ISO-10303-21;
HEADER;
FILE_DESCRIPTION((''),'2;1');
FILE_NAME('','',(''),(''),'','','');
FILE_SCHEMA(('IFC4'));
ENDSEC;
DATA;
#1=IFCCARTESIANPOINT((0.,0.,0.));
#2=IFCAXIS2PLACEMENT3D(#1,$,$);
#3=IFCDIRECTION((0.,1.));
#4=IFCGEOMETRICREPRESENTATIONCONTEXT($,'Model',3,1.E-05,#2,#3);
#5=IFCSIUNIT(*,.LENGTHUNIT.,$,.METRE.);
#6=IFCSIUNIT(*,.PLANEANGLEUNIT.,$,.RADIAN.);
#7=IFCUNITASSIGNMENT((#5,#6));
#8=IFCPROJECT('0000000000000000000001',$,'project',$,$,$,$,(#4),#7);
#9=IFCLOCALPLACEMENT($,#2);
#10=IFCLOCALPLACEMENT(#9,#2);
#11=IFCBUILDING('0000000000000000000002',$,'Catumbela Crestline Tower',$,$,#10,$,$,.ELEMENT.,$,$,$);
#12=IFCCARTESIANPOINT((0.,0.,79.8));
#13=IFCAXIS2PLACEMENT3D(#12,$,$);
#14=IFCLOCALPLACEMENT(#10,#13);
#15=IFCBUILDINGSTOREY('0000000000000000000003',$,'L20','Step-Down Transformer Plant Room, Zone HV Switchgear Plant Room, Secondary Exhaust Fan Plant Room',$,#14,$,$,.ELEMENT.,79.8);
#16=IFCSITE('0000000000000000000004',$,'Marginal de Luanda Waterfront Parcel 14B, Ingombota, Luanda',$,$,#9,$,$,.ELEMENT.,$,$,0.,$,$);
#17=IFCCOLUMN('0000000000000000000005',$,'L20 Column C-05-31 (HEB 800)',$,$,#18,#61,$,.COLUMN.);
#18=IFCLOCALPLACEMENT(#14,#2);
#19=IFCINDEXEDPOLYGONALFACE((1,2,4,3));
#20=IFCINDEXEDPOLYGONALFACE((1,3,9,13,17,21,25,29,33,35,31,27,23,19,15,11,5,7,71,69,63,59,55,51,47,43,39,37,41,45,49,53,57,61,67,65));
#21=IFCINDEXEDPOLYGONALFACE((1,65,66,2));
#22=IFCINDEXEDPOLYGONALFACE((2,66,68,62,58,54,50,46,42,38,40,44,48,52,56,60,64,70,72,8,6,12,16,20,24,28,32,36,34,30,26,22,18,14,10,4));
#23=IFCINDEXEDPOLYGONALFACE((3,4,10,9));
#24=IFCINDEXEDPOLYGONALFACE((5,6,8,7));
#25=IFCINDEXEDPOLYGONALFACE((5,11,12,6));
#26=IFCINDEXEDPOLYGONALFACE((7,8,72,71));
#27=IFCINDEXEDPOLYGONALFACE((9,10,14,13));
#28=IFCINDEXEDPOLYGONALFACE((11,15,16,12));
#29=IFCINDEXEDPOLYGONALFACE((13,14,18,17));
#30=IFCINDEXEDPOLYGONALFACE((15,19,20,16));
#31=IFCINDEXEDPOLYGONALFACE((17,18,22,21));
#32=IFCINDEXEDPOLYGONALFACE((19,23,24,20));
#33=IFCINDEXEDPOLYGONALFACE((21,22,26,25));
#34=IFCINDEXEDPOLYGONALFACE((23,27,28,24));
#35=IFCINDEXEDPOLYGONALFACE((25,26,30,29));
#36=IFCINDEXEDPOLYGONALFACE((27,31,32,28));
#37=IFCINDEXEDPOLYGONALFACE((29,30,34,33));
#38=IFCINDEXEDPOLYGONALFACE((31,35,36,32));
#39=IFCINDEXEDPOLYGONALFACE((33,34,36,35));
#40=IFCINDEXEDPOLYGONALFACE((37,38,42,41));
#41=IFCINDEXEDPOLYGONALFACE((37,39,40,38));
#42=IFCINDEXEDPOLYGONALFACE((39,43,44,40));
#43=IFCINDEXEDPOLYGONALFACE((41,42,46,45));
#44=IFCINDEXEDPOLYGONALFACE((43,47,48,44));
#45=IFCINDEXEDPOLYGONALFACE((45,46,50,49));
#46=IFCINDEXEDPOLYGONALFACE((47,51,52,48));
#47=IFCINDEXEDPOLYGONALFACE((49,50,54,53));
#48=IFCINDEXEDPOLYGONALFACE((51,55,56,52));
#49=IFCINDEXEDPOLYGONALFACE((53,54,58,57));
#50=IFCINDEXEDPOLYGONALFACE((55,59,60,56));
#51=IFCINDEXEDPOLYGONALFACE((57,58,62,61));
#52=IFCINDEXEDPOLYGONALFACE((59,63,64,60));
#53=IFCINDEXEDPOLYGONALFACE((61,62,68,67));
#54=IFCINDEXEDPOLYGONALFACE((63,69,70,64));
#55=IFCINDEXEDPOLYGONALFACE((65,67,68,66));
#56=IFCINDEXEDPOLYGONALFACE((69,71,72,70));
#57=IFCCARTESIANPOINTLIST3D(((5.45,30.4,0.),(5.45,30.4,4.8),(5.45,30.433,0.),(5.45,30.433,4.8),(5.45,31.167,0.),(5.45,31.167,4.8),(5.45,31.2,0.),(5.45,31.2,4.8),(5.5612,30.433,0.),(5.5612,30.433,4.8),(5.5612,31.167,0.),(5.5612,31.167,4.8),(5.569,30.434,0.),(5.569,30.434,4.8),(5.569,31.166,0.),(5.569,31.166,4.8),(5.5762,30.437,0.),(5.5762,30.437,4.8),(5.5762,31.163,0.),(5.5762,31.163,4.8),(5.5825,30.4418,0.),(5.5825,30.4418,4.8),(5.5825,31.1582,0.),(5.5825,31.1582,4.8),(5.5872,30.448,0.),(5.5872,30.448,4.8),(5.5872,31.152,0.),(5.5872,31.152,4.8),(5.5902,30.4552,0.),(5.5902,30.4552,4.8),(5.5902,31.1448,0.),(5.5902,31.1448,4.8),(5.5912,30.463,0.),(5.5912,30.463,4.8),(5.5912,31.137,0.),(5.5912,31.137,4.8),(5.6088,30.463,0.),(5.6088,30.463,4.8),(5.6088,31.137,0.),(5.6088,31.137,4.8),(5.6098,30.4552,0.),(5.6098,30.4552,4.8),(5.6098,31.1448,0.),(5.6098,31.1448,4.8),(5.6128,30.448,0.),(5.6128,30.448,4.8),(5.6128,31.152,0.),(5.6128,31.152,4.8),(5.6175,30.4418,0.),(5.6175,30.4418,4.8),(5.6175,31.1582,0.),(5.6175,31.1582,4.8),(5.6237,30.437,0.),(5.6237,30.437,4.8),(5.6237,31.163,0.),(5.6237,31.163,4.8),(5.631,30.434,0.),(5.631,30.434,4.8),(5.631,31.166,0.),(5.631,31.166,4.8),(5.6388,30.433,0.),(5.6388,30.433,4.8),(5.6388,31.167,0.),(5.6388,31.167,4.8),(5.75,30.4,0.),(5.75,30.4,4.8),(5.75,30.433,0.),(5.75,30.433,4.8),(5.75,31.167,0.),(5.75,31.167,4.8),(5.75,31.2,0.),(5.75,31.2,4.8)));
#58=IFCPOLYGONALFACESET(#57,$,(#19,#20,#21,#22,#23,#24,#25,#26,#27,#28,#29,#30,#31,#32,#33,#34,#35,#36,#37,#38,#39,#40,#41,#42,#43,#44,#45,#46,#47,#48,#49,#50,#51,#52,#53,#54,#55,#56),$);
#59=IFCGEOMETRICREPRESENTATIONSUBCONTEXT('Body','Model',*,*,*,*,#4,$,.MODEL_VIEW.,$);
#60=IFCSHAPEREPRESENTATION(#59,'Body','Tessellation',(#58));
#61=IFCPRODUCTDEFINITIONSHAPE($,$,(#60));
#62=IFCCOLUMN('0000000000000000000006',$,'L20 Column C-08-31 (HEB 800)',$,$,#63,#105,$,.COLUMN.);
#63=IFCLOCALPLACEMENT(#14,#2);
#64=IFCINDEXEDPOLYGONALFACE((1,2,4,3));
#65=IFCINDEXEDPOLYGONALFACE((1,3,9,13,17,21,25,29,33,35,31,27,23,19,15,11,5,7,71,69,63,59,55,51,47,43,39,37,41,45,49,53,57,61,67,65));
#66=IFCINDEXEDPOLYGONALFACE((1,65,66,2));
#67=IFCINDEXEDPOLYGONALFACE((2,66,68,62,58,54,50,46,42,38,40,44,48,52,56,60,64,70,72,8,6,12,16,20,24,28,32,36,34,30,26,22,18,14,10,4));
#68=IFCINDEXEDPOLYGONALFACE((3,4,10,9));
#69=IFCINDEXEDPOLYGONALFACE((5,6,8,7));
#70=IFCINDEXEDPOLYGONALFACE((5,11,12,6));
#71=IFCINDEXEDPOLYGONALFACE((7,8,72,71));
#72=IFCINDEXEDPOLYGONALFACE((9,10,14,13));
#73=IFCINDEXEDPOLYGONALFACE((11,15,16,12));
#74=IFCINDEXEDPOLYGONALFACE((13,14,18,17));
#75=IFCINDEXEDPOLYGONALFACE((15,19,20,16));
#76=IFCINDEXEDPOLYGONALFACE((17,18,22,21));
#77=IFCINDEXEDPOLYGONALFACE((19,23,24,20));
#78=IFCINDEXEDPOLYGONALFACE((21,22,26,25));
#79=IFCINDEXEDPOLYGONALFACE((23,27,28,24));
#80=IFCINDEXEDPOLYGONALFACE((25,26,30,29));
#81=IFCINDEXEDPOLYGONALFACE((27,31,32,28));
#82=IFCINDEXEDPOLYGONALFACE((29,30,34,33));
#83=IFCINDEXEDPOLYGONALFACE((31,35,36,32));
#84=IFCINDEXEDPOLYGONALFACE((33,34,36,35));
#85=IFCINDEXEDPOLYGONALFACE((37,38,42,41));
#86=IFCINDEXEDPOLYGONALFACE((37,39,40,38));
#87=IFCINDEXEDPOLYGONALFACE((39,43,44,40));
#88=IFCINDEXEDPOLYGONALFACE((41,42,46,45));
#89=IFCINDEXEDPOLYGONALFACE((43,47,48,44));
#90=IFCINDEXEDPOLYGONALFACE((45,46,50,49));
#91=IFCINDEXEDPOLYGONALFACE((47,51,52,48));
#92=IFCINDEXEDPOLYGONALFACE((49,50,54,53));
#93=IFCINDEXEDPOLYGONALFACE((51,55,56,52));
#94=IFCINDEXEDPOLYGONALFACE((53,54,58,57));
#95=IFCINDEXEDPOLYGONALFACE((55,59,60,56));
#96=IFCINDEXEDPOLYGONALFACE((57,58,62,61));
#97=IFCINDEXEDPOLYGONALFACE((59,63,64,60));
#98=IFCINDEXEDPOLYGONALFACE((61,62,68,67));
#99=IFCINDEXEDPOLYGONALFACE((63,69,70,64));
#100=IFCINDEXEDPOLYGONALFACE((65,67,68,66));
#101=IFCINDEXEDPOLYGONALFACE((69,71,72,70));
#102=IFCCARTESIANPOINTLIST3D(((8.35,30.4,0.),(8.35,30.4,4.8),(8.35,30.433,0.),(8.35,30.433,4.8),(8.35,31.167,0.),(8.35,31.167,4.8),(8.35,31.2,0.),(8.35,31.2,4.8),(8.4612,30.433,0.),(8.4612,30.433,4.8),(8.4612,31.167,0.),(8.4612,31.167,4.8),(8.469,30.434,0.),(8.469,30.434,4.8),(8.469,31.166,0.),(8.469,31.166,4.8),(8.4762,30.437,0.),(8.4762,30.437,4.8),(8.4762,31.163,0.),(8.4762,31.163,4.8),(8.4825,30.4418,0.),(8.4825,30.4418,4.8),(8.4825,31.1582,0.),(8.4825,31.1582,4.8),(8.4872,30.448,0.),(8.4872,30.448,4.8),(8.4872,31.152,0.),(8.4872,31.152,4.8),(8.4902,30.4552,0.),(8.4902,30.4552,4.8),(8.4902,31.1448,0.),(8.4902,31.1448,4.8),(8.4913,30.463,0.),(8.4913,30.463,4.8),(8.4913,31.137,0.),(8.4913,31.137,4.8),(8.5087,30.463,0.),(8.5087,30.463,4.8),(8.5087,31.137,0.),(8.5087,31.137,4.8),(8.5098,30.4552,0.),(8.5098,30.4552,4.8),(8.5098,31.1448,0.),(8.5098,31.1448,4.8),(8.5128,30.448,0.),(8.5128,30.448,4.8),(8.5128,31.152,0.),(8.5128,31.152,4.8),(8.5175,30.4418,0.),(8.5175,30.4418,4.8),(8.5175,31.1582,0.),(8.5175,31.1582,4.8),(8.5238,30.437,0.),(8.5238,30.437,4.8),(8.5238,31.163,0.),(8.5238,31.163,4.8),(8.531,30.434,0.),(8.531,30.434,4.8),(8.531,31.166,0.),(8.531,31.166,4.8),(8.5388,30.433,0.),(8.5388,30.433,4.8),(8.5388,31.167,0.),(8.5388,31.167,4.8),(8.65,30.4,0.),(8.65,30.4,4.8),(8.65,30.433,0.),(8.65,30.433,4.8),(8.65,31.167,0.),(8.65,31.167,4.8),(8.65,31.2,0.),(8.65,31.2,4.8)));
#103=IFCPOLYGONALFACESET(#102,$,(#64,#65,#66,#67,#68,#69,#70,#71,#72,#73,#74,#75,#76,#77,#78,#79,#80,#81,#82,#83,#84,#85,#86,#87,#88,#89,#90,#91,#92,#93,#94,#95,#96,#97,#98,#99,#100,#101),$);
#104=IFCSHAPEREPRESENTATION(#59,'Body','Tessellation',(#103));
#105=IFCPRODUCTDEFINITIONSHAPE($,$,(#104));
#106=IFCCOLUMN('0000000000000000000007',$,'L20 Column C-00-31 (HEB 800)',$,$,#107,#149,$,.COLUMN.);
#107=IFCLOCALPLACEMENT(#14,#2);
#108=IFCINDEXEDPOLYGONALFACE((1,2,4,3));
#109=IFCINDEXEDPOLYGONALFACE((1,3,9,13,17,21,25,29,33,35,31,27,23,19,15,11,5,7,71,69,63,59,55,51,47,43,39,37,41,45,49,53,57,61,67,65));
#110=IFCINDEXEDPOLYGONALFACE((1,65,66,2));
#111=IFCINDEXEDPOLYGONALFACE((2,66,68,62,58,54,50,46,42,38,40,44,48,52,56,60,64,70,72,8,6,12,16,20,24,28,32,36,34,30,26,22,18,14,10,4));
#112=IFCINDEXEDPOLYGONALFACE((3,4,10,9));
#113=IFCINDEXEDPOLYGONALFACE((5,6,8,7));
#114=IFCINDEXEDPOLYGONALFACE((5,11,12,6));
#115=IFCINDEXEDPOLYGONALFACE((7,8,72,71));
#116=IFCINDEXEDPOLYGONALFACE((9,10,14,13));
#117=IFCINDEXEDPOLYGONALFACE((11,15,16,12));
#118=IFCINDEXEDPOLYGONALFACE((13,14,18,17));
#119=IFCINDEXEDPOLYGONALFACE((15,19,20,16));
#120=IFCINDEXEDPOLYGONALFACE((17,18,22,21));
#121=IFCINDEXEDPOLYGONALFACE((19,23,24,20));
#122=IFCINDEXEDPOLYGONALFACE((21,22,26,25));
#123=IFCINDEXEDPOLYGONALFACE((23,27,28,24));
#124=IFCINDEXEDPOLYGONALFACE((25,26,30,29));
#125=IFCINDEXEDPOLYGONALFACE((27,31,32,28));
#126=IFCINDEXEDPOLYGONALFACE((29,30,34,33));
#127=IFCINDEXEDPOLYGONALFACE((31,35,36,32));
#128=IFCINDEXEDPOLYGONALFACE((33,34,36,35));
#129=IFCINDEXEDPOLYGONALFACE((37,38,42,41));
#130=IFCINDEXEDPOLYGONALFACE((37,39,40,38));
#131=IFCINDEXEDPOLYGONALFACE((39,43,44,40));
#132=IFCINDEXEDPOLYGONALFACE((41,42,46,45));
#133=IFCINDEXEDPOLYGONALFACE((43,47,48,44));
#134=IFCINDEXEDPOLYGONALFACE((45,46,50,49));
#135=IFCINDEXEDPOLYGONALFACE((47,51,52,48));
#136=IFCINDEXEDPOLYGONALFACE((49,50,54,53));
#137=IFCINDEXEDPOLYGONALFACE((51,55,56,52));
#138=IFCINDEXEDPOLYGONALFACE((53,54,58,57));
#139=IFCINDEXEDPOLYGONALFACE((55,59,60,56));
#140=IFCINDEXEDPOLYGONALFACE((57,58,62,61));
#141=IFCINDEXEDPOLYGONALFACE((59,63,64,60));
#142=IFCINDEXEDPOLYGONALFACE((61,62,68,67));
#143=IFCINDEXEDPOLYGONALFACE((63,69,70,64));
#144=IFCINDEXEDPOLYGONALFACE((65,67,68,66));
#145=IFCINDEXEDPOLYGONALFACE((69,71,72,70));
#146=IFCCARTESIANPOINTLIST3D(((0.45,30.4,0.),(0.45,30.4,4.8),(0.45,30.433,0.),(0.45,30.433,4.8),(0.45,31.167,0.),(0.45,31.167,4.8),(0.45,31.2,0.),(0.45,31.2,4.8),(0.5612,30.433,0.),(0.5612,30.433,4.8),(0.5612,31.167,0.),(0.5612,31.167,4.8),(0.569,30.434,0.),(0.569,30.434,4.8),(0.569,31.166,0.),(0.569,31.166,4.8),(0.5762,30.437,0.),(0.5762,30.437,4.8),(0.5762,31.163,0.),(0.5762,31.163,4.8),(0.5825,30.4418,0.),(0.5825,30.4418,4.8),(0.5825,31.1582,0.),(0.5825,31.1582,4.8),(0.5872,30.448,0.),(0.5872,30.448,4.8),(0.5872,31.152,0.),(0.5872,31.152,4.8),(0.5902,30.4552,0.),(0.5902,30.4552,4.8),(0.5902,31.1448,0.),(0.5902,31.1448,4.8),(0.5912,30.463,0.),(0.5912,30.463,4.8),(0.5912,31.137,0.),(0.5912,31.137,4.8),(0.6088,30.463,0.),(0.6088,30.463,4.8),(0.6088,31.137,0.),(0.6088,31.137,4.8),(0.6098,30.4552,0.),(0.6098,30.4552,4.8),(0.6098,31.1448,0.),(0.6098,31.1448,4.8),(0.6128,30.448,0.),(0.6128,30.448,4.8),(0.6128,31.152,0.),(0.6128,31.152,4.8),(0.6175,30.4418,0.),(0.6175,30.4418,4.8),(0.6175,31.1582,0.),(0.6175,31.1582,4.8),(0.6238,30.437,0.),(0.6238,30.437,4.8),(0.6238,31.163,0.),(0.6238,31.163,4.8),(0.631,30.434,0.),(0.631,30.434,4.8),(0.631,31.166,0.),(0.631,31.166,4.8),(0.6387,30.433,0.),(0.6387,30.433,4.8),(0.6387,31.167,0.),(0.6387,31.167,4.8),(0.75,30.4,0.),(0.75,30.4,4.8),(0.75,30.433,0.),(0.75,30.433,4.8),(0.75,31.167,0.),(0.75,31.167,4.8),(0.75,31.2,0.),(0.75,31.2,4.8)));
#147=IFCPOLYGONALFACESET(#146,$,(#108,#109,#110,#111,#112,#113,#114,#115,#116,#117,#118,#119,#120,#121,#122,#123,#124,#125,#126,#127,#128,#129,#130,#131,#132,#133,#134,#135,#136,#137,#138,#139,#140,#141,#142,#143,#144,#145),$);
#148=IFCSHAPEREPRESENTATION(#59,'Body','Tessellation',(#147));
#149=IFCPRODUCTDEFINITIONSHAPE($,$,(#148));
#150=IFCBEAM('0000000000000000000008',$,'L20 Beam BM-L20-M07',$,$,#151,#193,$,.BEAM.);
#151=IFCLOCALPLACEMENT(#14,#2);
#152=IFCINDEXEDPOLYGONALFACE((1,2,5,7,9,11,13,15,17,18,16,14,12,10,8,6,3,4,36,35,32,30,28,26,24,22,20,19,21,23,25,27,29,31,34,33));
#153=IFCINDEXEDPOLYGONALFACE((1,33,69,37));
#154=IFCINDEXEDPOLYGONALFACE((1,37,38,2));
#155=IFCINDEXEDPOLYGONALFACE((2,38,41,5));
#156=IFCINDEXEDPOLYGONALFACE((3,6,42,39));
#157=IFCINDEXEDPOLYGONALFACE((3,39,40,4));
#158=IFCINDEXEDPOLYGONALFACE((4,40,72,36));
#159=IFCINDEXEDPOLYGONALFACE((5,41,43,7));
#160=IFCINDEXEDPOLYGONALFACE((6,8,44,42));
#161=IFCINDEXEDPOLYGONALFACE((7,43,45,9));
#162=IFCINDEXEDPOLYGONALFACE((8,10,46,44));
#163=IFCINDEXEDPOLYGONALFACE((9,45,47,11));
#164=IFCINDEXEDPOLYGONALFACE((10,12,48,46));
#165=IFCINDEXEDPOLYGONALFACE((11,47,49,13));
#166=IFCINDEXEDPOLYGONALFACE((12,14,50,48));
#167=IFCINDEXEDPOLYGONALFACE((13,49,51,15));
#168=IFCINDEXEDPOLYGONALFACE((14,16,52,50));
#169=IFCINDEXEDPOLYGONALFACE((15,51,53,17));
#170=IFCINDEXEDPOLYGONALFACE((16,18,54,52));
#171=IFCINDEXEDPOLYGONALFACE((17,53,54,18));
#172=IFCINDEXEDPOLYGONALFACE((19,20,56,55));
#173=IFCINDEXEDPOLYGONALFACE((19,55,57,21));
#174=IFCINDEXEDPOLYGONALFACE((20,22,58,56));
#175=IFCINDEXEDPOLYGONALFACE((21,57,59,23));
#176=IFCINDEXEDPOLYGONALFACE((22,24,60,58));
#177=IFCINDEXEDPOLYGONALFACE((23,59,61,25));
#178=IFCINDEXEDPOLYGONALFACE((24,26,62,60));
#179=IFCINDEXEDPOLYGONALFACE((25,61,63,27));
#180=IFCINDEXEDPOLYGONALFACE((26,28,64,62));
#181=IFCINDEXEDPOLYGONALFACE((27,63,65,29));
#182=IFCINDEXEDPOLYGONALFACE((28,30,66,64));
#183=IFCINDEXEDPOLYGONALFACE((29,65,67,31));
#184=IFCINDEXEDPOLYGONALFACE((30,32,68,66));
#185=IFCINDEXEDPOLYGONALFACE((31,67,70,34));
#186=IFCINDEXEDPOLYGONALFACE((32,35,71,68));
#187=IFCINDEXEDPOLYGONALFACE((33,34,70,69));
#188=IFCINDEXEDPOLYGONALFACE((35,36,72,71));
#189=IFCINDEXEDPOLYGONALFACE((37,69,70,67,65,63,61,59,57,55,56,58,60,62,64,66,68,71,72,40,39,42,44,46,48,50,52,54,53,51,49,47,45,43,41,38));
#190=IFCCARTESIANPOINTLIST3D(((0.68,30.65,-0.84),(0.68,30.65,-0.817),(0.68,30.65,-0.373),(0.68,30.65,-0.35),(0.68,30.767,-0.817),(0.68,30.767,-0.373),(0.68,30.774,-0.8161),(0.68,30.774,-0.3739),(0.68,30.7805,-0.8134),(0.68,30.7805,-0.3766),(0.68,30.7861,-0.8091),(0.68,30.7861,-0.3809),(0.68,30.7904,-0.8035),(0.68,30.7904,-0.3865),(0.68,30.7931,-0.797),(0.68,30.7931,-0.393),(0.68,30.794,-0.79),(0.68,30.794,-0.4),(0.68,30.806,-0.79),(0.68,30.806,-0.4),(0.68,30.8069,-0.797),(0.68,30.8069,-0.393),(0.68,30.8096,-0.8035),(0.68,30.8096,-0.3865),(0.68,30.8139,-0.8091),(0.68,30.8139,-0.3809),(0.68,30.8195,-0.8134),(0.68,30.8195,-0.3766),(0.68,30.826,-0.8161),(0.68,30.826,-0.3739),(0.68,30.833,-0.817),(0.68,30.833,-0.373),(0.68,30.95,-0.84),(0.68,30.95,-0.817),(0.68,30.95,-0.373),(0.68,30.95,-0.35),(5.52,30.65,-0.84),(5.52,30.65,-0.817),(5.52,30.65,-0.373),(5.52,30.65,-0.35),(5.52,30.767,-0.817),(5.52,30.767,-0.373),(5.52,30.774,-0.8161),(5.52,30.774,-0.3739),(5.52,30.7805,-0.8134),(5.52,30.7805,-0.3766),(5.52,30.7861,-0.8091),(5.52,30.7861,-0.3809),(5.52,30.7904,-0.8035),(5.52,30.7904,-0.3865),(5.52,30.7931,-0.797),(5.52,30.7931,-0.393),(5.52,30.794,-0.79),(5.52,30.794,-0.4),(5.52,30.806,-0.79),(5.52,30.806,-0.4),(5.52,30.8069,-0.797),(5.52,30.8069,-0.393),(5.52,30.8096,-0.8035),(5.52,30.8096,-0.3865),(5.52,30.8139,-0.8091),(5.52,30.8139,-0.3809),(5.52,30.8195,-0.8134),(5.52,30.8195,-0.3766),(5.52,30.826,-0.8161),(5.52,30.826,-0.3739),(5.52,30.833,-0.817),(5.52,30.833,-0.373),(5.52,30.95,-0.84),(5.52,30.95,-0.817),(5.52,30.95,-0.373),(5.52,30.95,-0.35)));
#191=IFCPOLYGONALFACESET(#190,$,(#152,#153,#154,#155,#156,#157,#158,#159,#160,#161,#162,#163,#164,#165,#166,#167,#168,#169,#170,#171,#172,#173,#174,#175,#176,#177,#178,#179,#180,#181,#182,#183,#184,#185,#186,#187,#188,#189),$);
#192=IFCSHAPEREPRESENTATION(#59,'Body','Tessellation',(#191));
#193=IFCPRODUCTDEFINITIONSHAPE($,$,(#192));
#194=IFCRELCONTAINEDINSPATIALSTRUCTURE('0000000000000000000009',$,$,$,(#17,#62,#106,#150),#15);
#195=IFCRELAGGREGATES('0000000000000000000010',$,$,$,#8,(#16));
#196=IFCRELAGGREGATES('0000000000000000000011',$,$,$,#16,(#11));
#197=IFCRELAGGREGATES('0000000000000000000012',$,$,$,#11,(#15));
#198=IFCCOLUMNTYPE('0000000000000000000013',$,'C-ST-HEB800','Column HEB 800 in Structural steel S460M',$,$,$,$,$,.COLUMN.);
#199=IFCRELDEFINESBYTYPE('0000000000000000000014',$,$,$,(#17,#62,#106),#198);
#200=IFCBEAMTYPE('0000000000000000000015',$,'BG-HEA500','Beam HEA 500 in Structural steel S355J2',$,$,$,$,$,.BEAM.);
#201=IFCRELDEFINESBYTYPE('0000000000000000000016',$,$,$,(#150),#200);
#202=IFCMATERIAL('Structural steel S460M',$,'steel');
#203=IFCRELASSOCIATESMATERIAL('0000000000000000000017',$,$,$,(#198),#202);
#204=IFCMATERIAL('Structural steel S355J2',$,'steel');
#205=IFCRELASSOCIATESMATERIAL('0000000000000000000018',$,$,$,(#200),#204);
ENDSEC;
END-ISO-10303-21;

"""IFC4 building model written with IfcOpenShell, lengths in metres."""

from ifc_helpers import new_model, si_unit, direction, frame, origin, origin_2d, place, context, subcontext, project, spatial, i_section, extrude, material, material_profile, profile_set, type_object, element, save


model = new_model("IFC4")

# Units and contexts
model_context = context("Model", 3, precision=1e-05, world=origin(), true_north=direction((0.0, 1.0)))
body_context = subcontext(model_context, "Body", "Model", "MODEL_VIEW")
ifc_project = project(units=[si_unit("LENGTHUNIT", "METRE"), si_unit("PLANEANGLEUNIT", "RADIAN")], contexts=[model_context])

# Site, building, storey
site_placement = place(None, origin())
site = spatial("IfcSite", under=ifc_project, at=site_placement, Name="Marginal de Luanda Waterfront Parcel 14B, Ingombota, Luanda", CompositionType="ELEMENT", RefElevation=0.0)
building_placement = place(site_placement, origin())
building = spatial("IfcBuilding", under=site, at=building_placement, Name="Catumbela Crestline Tower", CompositionType="ELEMENT")
storey_placement = place(building_placement, frame((0.0, 0.0, 79.8)))
storey = spatial("IfcBuildingStorey", under=building, at=storey_placement, Name="L20", Description="Step-Down Transformer Plant Room, Zone HV Switchgear Plant Room, Secondary Exhaust Fan Plant Room", CompositionType="ELEMENT", Elevation=79.8)

# Columns
ifc_material_1 = material(Name="Structural steel S460M", Category="steel")
ifc_material_profile_1 = material_profile(ifc_material_1, i_section(OverallWidth=0.3, OverallDepth=0.8, WebThickness=0.0175, FlangeThickness=0.033, FilletRadius=0.03, at=origin_2d()), Name="HEB 800")
ifc_profile_set_1 = profile_set([ifc_material_profile_1], Name="Structural steel S460M")
column_type = type_object("IfcColumnType", Name="C-ST-HEB800", Description="Column HEB 800 in Structural steel S460M", PredefinedType="COLUMN", material=ifc_profile_set_1)
for number, where, z_axis, x_axis, name in (
    (1, (5.6, 30.8, 0.0), (0.0, 0.0, 1.0), (1.0, 0.0, 0.0), "L20 Column C-05-31 (HEB 800)"),
    (2, (8.5, 30.8, 0.0), (0.0, 0.0, 1.0), (1.0, 0.0, 0.0), "L20 Column C-08-31 (HEB 800)"),
    (3, (0.6, 30.8, 0.0), (0.0, 0.0, 1.0), (1.0, 0.0, 0.0), "L20 Column C-00-31 (HEB 800)"),
):
    element("IfcColumn", number, at=place(storey_placement, frame(where, z_axis=z_axis, x_axis=x_axis)), inside=storey, type_object=column_type, Name=name, PredefinedType="COLUMN", context=body_context, shape_type="SweptSolid", body=[
        extrude(i_section(OverallWidth=0.3, OverallDepth=0.8, WebThickness=0.0175, FlangeThickness=0.033, FilletRadius=0.03, at=origin_2d()), origin(), (0.0, 0.0, 1.0), 4.8),
    ])

# Beam
ifc_material_2 = material(Name="Structural steel S355J2", Category="steel")
ifc_material_profile_2 = material_profile(ifc_material_2, i_section(OverallWidth=0.3, OverallDepth=0.49, WebThickness=0.012, FlangeThickness=0.023, FilletRadius=0.027, at=origin_2d()), Name="HEA 500")
ifc_profile_set_2 = profile_set([ifc_material_profile_2], Name="Structural steel S355J2")
beam_type_1 = type_object("IfcBeamType", Name="BG-HEA500", Description="Beam HEA 500 in Structural steel S355J2", PredefinedType="BEAM", material=ifc_profile_set_2)
beam_1_placement = place(storey_placement, frame((0.68, 30.8, -0.595), z_axis=(1.0, 0.0, 0.0), x_axis=(0.0, 1.0, 0.0)))
element("IfcBeam", 4, at=beam_1_placement, inside=storey, type_object=beam_type_1, Name="L20 Beam BM-L20-M07", PredefinedType="BEAM", context=body_context, shape_type="SweptSolid", body=[
    extrude(i_section(OverallWidth=0.3, OverallDepth=0.49, WebThickness=0.012, FlangeThickness=0.023, FilletRadius=0.027, at=origin_2d()), origin(), (0.0, 0.0, 1.0), 4.84),
])

save(model, "model.ifc")
